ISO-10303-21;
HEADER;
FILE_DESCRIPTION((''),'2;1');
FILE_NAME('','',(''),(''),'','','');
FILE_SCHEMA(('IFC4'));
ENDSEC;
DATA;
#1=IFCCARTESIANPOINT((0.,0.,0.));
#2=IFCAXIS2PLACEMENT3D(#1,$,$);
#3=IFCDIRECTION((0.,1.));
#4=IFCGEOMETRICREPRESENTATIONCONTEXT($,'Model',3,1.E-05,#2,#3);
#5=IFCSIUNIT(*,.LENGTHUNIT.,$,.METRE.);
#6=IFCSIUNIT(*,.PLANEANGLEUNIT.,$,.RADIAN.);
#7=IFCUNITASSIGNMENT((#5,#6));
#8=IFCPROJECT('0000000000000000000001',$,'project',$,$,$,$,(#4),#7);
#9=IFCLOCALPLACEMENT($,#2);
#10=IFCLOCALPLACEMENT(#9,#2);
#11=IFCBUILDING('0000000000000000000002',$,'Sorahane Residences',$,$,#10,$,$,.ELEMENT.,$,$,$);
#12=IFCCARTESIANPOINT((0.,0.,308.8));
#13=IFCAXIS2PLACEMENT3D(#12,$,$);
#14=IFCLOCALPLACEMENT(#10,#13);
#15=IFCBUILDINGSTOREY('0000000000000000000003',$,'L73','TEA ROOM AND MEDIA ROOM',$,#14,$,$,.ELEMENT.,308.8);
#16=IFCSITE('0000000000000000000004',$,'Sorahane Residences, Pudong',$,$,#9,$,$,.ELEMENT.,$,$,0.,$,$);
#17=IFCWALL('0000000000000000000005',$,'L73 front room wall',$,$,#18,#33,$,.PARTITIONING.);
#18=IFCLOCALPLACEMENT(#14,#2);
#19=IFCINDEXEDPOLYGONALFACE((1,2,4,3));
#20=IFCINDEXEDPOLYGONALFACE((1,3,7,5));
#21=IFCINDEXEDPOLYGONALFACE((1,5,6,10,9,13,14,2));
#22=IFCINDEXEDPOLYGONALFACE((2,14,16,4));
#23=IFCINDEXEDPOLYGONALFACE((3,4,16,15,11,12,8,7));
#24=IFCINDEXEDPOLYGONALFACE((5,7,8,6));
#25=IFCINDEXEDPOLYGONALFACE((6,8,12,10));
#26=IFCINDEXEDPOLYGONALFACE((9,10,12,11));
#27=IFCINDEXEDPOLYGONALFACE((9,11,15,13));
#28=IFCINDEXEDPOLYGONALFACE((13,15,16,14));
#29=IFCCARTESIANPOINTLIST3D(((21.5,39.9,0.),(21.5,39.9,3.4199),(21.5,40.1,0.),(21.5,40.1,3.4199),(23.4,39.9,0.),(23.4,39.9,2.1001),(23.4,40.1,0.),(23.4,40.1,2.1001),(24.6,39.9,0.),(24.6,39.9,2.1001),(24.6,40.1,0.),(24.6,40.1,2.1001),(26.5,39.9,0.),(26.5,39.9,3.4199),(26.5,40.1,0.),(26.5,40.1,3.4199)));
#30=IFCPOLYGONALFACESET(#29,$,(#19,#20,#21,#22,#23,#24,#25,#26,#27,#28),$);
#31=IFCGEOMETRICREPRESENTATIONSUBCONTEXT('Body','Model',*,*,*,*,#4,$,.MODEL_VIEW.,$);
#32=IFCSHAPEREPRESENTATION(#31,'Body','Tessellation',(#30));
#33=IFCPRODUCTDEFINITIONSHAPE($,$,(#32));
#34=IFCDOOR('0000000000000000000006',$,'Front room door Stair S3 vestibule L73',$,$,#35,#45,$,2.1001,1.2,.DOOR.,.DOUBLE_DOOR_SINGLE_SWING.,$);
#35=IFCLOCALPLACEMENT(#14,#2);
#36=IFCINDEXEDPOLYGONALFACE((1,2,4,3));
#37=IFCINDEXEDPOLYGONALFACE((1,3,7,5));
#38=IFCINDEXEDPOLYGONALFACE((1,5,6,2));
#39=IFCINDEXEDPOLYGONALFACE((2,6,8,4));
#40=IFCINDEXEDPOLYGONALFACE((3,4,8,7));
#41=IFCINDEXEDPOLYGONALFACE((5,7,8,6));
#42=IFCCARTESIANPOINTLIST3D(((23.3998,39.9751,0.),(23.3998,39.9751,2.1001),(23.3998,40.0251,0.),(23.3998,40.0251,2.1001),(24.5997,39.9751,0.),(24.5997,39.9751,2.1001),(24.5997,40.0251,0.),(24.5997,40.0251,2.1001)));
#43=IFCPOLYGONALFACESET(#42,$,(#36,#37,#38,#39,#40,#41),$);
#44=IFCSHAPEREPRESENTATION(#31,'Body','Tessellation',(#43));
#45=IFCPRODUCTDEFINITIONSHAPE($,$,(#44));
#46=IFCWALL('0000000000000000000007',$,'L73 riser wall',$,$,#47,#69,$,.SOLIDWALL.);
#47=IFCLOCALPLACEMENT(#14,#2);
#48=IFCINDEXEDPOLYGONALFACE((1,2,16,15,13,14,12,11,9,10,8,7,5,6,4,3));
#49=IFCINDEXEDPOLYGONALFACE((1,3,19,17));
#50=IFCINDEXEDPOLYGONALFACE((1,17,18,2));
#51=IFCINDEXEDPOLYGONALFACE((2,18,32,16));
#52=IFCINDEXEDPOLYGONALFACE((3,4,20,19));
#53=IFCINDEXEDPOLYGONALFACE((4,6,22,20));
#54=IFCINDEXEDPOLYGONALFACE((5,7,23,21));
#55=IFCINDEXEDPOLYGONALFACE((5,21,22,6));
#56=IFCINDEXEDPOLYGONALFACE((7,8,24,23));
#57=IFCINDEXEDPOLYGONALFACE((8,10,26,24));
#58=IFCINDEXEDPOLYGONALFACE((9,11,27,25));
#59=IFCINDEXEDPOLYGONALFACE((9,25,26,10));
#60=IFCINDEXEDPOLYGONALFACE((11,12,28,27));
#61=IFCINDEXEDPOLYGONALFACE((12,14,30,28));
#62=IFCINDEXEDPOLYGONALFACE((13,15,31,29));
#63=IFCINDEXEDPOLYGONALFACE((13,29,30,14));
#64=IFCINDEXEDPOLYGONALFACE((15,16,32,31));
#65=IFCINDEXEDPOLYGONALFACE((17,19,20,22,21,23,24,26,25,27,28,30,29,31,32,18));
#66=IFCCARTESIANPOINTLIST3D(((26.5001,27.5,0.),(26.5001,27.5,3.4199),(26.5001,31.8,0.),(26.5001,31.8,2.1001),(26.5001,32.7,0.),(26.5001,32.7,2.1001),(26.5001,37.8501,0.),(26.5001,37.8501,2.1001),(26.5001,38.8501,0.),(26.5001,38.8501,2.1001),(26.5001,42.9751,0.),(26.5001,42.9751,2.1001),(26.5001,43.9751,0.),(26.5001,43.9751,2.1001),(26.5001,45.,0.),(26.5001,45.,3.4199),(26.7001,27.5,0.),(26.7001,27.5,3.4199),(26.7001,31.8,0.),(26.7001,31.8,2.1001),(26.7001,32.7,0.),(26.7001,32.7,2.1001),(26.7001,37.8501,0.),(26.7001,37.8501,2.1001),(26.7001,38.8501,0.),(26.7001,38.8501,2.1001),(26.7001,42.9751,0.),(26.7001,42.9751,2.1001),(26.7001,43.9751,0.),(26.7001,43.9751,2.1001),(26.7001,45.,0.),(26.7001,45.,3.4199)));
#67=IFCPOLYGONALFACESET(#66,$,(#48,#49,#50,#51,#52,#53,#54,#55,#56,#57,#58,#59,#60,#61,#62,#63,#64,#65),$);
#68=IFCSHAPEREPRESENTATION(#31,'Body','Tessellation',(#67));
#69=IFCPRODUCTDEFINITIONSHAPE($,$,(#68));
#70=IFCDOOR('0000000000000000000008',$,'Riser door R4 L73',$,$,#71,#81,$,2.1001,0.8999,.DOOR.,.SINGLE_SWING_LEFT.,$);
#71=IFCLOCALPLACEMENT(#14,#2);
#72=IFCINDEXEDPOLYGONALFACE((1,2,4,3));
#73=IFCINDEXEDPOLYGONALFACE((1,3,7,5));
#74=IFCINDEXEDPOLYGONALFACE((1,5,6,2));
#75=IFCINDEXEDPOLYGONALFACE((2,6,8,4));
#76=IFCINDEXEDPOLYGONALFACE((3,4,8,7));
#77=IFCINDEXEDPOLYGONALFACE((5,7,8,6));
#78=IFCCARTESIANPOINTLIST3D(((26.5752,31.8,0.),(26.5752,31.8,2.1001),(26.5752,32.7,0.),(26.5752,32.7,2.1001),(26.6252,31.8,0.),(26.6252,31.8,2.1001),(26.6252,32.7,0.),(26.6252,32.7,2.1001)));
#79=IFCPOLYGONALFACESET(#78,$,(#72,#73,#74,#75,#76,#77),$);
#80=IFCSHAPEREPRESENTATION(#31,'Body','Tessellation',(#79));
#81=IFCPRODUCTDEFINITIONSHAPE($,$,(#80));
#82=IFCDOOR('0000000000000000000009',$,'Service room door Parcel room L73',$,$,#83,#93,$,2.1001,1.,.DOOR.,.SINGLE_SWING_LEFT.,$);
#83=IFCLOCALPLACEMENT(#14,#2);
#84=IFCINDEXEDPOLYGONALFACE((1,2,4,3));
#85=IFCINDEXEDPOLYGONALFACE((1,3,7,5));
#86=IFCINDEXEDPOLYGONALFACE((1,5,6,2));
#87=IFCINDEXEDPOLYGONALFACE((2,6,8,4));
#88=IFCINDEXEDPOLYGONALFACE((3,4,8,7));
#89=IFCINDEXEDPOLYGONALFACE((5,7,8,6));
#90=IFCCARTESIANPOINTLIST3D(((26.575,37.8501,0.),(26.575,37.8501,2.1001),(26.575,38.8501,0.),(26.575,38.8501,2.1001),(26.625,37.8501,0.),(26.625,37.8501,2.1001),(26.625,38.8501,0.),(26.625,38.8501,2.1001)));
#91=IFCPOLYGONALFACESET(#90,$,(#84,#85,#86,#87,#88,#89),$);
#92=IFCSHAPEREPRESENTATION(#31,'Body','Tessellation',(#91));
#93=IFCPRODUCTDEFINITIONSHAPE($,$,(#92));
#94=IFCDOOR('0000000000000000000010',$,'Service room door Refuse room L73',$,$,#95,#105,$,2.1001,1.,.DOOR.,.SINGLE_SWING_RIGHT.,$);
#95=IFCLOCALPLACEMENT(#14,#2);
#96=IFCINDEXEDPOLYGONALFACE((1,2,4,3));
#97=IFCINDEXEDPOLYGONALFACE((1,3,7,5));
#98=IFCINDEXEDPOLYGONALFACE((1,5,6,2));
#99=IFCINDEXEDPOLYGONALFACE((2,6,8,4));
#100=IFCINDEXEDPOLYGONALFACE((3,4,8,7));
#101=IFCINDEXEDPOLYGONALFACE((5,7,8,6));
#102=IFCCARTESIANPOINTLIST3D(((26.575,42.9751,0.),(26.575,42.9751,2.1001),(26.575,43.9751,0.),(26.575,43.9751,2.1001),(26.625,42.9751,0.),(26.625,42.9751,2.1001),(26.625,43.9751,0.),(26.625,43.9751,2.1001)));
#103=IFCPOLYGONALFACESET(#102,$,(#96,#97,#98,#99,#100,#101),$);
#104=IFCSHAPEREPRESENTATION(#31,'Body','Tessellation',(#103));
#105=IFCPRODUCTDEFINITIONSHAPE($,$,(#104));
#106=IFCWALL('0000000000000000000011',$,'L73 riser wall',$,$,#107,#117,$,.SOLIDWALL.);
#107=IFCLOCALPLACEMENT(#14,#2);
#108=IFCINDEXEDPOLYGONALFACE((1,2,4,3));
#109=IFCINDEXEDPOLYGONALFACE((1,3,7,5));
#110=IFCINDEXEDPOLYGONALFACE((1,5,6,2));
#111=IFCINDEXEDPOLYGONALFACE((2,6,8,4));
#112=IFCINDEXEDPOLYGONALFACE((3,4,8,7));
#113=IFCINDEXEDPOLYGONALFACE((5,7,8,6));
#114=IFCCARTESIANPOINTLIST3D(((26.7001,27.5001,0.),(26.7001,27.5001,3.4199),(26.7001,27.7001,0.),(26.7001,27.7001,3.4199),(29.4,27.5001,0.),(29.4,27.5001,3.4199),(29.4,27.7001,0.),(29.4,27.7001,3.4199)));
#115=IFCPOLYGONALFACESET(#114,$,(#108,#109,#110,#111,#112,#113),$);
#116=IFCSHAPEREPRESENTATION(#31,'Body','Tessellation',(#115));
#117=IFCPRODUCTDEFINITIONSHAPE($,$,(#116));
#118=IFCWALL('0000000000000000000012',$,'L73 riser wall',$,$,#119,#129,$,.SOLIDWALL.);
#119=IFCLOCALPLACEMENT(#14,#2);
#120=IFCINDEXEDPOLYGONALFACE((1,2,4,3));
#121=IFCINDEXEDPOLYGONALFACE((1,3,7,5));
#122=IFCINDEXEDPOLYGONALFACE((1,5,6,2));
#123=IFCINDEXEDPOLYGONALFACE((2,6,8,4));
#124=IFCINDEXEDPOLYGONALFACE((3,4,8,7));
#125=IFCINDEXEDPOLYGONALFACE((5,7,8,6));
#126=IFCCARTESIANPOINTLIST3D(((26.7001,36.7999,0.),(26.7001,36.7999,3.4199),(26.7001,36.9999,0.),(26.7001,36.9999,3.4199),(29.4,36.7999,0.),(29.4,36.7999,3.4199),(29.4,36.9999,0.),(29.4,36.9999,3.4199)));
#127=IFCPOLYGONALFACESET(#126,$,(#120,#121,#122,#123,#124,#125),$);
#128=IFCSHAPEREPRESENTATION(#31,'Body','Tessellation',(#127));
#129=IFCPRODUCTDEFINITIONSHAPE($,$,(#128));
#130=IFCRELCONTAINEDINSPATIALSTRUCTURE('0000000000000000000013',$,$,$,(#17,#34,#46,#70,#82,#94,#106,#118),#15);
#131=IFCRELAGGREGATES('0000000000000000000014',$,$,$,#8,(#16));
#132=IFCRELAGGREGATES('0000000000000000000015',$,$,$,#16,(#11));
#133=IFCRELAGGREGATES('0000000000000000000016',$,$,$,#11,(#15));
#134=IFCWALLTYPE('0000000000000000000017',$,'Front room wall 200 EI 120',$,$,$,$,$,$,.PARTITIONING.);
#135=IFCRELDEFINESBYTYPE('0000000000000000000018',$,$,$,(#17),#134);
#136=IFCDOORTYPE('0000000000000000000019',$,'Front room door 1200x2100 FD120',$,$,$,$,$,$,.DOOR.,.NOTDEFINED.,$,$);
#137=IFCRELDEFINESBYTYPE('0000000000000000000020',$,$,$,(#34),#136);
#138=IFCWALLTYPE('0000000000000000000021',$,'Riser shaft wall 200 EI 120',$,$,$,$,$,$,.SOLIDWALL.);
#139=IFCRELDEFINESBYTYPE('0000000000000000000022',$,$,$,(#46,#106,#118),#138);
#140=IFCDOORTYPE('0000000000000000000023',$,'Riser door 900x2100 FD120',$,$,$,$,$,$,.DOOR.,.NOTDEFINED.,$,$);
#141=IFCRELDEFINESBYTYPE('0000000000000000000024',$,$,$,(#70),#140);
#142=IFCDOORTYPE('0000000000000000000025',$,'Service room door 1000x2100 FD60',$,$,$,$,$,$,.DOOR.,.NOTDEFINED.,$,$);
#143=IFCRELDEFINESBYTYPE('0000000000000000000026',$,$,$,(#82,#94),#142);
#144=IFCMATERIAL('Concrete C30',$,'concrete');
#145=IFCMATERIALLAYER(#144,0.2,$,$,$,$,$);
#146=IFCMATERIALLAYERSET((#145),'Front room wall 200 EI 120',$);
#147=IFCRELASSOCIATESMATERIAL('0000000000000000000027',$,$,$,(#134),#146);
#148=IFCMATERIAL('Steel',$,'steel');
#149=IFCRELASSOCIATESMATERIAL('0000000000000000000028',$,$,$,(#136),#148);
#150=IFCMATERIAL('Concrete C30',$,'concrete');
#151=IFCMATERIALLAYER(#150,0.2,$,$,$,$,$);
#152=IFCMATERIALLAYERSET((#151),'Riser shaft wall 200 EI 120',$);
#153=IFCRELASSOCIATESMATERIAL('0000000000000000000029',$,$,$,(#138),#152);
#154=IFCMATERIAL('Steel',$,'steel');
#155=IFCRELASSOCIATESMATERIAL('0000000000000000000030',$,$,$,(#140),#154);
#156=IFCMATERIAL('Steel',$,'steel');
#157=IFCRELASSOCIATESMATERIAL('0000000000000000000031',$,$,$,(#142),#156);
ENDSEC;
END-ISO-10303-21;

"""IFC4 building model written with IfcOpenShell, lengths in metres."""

from ifc_helpers import new_model, si_unit, direction, frame, frame_2d, origin, place, context, subcontext, project, spatial, rectangle, extrude, material, layer, layer_set, type_object, element, fill, save


model = new_model("IFC4")

# Units and contexts
model_context = context("Model", 3, precision=1e-05, world=origin(), true_north=direction((0.0, 1.0)))
body_context = subcontext(model_context, "Body", "Model", "MODEL_VIEW")
ifc_project = project(units=[si_unit("LENGTHUNIT", "METRE"), si_unit("PLANEANGLEUNIT", "RADIAN")], contexts=[model_context])

# Site, building, storey
site_placement = place(None, origin())
site = spatial("IfcSite", under=ifc_project, at=site_placement, Name="Sorahane Residences, Pudong", CompositionType="ELEMENT", RefElevation=0.0)
building_placement = place(site_placement, origin())
building = spatial("IfcBuilding", under=site, at=building_placement, Name="Sorahane Residences", CompositionType="ELEMENT")
storey_placement = place(building_placement, frame((0.0, 0.0, 308.8)))
storey = spatial("IfcBuildingStorey", under=building, at=storey_placement, Name="L73", Description="TEA ROOM AND MEDIA ROOM", CompositionType="ELEMENT", Elevation=308.8)

# Wall, opening, door
ifc_material_1 = material(Name="Concrete C30", Category="concrete")
ifc_layer_1 = layer(ifc_material_1, 0.2)
ifc_layer_set_1 = layer_set([ifc_layer_1], Name="Front room wall 200 EI 120")
wall_type_1 = type_object("IfcWallType", Name="Front room wall 200 EI 120", PredefinedType="PARTITIONING", material=ifc_layer_set_1)
wall_1_placement = place(storey_placement, frame((21.5, 40.0, 0.0), z_axis=(0.0, 0.0, 1.0), x_axis=(1.0, 0.0, 0.0)))
wall_1 = element("IfcWall", 1, at=wall_1_placement, inside=storey, type_object=wall_type_1, Name="L73 front room wall", PredefinedType="PARTITIONING", context=body_context, shape_type="SweptSolid", body=[
    extrude(rectangle(XDim=5.0, YDim=0.2, at=frame_2d((2.5, 0.0))), origin(), (0.0, 0.0, 1.0), 3.4199),
])
opening_1_placement = place(wall_1_placement, frame((1.8999, 0.0, 0.0)))
opening_1 = element("IfcOpeningElement", 2, at=opening_1_placement, cuts=wall_1, PredefinedType="OPENING", context=body_context, shape_type="SweptSolid", body=[
    extrude(rectangle(XDim=1.2, YDim=2.1001, at=frame_2d((0.6001, 1.05))), frame((0.0, 0.1099, 0.0), z_axis=(0.0, -1.0, 0.0), x_axis=(1.0, 0.0, 0.0)), (0.0, 0.0, 1.0), 0.22),
])
ifc_material_2 = material(Name="Steel", Category="steel")
door_type_1 = type_object("IfcDoorType", Name="Front room door 1200x2100 FD120", OperationType="NOTDEFINED", PredefinedType="DOOR", material=ifc_material_2)
door_1_placement = place(opening_1_placement, frame((1.2, 0.0, 0.0), z_axis=(0.0, 0.0, 1.0), x_axis=(-1.0, 0.0, 0.0)))
door_1 = element("IfcDoor", 3, at=door_1_placement, inside=storey, type_object=door_type_1, Name="Front room door Stair S3 vestibule L73", OperationType="DOUBLE_DOOR_SINGLE_SWING", OverallHeight=2.1001, OverallWidth=1.2, PredefinedType="DOOR", context=body_context, shape_type="SweptSolid", body=[
    extrude(rectangle(XDim=1.2, YDim=2.1001, at=frame_2d((0.6001, 1.05))), frame((0.0, 0.0249, 0.0), z_axis=(0.0, -1.0, 0.0), x_axis=(1.0, 0.0, 0.0)), (0.0, 0.0, 1.0), 0.05),
])
fill(opening_1, door_1)

# Wall, openings, doors
ifc_material_3 = material(Name="Concrete C30", Category="concrete")
ifc_layer_2 = layer(ifc_material_3, 0.2)
ifc_layer_set_2 = layer_set([ifc_layer_2], Name="Riser shaft wall 200 EI 120")
wall_type_2 = type_object("IfcWallType", Name="Riser shaft wall 200 EI 120", PredefinedType="SOLIDWALL", material=ifc_layer_set_2)
wall_2_placement = place(storey_placement, frame((26.6001, 27.5, 0.0), z_axis=(0.0, 0.0, 1.0), x_axis=(0.0, 1.0, 0.0)))
wall_2 = element("IfcWall", 4, at=wall_2_placement, inside=storey, type_object=wall_type_2, Name="L73 riser wall", PredefinedType="SOLIDWALL", context=body_context, shape_type="SweptSolid", body=[
    extrude(rectangle(XDim=17.5, YDim=0.2, at=frame_2d((8.75, 0.0))), origin(), (0.0, 0.0, 1.0), 3.4199),
])
opening_2_placement = place(wall_2_placement, frame((4.3, 0.0, 0.0)))
opening_2 = element("IfcOpeningElement", 5, at=opening_2_placement, cuts=wall_2, PredefinedType="OPENING", context=body_context, shape_type="SweptSolid", body=[
    extrude(rectangle(XDim=0.8999, YDim=2.1001, at=frame_2d((0.45, 1.05))), frame((0.0, 0.1099, 0.0), z_axis=(0.0, -1.0, 0.0), x_axis=(1.0, 0.0, 0.0)), (0.0, 0.0, 1.0), 0.22),
])
opening_3_placement = place(wall_2_placement, frame((10.3501, 0.0, 0.0)))
opening_3 = element("IfcOpeningElement", 6, at=opening_3_placement, cuts=wall_2, PredefinedType="OPENING", context=body_context, shape_type="SweptSolid", body=[
    extrude(rectangle(XDim=1.0, YDim=2.1001, at=frame_2d((0.5, 1.05))), frame((0.0, 0.1099, 0.0), z_axis=(0.0, -1.0, 0.0), x_axis=(1.0, 0.0, 0.0)), (0.0, 0.0, 1.0), 0.22),
])
opening_4_placement = place(wall_2_placement, frame((15.4751, 0.0, 0.0)))
opening_4 = element("IfcOpeningElement", 7, at=opening_4_placement, cuts=wall_2, PredefinedType="OPENING", context=body_context, shape_type="SweptSolid", body=[
    extrude(rectangle(XDim=1.0, YDim=2.1001, at=frame_2d((0.5, 1.05))), frame((0.0, 0.1099, 0.0), z_axis=(0.0, -1.0, 0.0), x_axis=(1.0, 0.0, 0.0)), (0.0, 0.0, 1.0), 0.22),
])
ifc_material_4 = material(Name="Steel", Category="steel")
door_type_2 = type_object("IfcDoorType", Name="Riser door 900x2100 FD120", OperationType="NOTDEFINED", PredefinedType="DOOR", material=ifc_material_4)
door_2_placement = place(opening_2_placement, origin())
door_2 = element("IfcDoor", 8, at=door_2_placement, inside=storey, type_object=door_type_2, Name="Riser door R4 L73", OperationType="SINGLE_SWING_LEFT", OverallHeight=2.1001, OverallWidth=0.8999, PredefinedType="DOOR", context=body_context, shape_type="SweptSolid", body=[
    extrude(rectangle(XDim=0.8999, YDim=2.1001, at=frame_2d((0.45, 1.05))), frame((0.0, 0.0249, 0.0), z_axis=(0.0, -1.0, 0.0), x_axis=(1.0, 0.0, 0.0)), (0.0, 0.0, 1.0), 0.05),
])
fill(opening_2, door_2)
ifc_material_5 = material(Name="Steel", Category="steel")
door_type_3 = type_object("IfcDoorType", Name="Service room door 1000x2100 FD60", OperationType="NOTDEFINED", PredefinedType="DOOR", material=ifc_material_5)
door_3_placement = place(opening_3_placement, frame((1.0, 0.0, 0.0), z_axis=(0.0, 0.0, 1.0), x_axis=(-1.0, 0.0, 0.0)))
door_3 = element("IfcDoor", 9, at=door_3_placement, inside=storey, type_object=door_type_3, Name="Service room door Parcel room L73", OperationType="SINGLE_SWING_LEFT", OverallHeight=2.1001, OverallWidth=1.0, PredefinedType="DOOR", context=body_context, shape_type="SweptSolid", body=[
    extrude(rectangle(XDim=1.0, YDim=2.1001, at=frame_2d((0.5, 1.05))), frame((0.0, 0.0249, 0.0), z_axis=(0.0, -1.0, 0.0), x_axis=(1.0, 0.0, 0.0)), (0.0, 0.0, 1.0), 0.05),
])
fill(opening_3, door_3)
door_4_placement = place(opening_4_placement, frame((1.0, 0.0, 0.0), z_axis=(0.0, 0.0, 1.0), x_axis=(-1.0, 0.0, 0.0)))
door_4 = element("IfcDoor", 10, at=door_4_placement, inside=storey, type_object=door_type_3, Name="Service room door Refuse room L73", OperationType="SINGLE_SWING_RIGHT", OverallHeight=2.1001, OverallWidth=1.0, PredefinedType="DOOR", context=body_context, shape_type="SweptSolid", body=[
    extrude(rectangle(XDim=1.0, YDim=2.1001, at=frame_2d((0.5, 1.05))), frame((0.0, 0.0249, 0.0), z_axis=(0.0, -1.0, 0.0), x_axis=(1.0, 0.0, 0.0)), (0.0, 0.0, 1.0), 0.05),
])
fill(opening_4, door_4)

# Walls
for number, where, z_axis, x_axis, name in (
    (11, (26.7, 27.6001, 0.0), (0.0, 0.0, 1.0), (1.0, 0.0, 0.0), "L73 riser wall"),
    (12, (26.7, 36.8999, 0.0), (0.0, 0.0, 1.0), (1.0, 0.0, 0.0), "L73 riser wall"),
):
    element("IfcWall", number, at=place(storey_placement, frame(where, z_axis=z_axis, x_axis=x_axis)), inside=storey, type_object=wall_type_2, Name=name, PredefinedType="SOLIDWALL", context=body_context, shape_type="SweptSolid", body=[
        extrude(rectangle(XDim=2.7, YDim=0.2, at=frame_2d((1.3501, 0.0))), origin(), (0.0, 0.0, 1.0), 3.4199),
    ])

save(model, "model.ifc")
